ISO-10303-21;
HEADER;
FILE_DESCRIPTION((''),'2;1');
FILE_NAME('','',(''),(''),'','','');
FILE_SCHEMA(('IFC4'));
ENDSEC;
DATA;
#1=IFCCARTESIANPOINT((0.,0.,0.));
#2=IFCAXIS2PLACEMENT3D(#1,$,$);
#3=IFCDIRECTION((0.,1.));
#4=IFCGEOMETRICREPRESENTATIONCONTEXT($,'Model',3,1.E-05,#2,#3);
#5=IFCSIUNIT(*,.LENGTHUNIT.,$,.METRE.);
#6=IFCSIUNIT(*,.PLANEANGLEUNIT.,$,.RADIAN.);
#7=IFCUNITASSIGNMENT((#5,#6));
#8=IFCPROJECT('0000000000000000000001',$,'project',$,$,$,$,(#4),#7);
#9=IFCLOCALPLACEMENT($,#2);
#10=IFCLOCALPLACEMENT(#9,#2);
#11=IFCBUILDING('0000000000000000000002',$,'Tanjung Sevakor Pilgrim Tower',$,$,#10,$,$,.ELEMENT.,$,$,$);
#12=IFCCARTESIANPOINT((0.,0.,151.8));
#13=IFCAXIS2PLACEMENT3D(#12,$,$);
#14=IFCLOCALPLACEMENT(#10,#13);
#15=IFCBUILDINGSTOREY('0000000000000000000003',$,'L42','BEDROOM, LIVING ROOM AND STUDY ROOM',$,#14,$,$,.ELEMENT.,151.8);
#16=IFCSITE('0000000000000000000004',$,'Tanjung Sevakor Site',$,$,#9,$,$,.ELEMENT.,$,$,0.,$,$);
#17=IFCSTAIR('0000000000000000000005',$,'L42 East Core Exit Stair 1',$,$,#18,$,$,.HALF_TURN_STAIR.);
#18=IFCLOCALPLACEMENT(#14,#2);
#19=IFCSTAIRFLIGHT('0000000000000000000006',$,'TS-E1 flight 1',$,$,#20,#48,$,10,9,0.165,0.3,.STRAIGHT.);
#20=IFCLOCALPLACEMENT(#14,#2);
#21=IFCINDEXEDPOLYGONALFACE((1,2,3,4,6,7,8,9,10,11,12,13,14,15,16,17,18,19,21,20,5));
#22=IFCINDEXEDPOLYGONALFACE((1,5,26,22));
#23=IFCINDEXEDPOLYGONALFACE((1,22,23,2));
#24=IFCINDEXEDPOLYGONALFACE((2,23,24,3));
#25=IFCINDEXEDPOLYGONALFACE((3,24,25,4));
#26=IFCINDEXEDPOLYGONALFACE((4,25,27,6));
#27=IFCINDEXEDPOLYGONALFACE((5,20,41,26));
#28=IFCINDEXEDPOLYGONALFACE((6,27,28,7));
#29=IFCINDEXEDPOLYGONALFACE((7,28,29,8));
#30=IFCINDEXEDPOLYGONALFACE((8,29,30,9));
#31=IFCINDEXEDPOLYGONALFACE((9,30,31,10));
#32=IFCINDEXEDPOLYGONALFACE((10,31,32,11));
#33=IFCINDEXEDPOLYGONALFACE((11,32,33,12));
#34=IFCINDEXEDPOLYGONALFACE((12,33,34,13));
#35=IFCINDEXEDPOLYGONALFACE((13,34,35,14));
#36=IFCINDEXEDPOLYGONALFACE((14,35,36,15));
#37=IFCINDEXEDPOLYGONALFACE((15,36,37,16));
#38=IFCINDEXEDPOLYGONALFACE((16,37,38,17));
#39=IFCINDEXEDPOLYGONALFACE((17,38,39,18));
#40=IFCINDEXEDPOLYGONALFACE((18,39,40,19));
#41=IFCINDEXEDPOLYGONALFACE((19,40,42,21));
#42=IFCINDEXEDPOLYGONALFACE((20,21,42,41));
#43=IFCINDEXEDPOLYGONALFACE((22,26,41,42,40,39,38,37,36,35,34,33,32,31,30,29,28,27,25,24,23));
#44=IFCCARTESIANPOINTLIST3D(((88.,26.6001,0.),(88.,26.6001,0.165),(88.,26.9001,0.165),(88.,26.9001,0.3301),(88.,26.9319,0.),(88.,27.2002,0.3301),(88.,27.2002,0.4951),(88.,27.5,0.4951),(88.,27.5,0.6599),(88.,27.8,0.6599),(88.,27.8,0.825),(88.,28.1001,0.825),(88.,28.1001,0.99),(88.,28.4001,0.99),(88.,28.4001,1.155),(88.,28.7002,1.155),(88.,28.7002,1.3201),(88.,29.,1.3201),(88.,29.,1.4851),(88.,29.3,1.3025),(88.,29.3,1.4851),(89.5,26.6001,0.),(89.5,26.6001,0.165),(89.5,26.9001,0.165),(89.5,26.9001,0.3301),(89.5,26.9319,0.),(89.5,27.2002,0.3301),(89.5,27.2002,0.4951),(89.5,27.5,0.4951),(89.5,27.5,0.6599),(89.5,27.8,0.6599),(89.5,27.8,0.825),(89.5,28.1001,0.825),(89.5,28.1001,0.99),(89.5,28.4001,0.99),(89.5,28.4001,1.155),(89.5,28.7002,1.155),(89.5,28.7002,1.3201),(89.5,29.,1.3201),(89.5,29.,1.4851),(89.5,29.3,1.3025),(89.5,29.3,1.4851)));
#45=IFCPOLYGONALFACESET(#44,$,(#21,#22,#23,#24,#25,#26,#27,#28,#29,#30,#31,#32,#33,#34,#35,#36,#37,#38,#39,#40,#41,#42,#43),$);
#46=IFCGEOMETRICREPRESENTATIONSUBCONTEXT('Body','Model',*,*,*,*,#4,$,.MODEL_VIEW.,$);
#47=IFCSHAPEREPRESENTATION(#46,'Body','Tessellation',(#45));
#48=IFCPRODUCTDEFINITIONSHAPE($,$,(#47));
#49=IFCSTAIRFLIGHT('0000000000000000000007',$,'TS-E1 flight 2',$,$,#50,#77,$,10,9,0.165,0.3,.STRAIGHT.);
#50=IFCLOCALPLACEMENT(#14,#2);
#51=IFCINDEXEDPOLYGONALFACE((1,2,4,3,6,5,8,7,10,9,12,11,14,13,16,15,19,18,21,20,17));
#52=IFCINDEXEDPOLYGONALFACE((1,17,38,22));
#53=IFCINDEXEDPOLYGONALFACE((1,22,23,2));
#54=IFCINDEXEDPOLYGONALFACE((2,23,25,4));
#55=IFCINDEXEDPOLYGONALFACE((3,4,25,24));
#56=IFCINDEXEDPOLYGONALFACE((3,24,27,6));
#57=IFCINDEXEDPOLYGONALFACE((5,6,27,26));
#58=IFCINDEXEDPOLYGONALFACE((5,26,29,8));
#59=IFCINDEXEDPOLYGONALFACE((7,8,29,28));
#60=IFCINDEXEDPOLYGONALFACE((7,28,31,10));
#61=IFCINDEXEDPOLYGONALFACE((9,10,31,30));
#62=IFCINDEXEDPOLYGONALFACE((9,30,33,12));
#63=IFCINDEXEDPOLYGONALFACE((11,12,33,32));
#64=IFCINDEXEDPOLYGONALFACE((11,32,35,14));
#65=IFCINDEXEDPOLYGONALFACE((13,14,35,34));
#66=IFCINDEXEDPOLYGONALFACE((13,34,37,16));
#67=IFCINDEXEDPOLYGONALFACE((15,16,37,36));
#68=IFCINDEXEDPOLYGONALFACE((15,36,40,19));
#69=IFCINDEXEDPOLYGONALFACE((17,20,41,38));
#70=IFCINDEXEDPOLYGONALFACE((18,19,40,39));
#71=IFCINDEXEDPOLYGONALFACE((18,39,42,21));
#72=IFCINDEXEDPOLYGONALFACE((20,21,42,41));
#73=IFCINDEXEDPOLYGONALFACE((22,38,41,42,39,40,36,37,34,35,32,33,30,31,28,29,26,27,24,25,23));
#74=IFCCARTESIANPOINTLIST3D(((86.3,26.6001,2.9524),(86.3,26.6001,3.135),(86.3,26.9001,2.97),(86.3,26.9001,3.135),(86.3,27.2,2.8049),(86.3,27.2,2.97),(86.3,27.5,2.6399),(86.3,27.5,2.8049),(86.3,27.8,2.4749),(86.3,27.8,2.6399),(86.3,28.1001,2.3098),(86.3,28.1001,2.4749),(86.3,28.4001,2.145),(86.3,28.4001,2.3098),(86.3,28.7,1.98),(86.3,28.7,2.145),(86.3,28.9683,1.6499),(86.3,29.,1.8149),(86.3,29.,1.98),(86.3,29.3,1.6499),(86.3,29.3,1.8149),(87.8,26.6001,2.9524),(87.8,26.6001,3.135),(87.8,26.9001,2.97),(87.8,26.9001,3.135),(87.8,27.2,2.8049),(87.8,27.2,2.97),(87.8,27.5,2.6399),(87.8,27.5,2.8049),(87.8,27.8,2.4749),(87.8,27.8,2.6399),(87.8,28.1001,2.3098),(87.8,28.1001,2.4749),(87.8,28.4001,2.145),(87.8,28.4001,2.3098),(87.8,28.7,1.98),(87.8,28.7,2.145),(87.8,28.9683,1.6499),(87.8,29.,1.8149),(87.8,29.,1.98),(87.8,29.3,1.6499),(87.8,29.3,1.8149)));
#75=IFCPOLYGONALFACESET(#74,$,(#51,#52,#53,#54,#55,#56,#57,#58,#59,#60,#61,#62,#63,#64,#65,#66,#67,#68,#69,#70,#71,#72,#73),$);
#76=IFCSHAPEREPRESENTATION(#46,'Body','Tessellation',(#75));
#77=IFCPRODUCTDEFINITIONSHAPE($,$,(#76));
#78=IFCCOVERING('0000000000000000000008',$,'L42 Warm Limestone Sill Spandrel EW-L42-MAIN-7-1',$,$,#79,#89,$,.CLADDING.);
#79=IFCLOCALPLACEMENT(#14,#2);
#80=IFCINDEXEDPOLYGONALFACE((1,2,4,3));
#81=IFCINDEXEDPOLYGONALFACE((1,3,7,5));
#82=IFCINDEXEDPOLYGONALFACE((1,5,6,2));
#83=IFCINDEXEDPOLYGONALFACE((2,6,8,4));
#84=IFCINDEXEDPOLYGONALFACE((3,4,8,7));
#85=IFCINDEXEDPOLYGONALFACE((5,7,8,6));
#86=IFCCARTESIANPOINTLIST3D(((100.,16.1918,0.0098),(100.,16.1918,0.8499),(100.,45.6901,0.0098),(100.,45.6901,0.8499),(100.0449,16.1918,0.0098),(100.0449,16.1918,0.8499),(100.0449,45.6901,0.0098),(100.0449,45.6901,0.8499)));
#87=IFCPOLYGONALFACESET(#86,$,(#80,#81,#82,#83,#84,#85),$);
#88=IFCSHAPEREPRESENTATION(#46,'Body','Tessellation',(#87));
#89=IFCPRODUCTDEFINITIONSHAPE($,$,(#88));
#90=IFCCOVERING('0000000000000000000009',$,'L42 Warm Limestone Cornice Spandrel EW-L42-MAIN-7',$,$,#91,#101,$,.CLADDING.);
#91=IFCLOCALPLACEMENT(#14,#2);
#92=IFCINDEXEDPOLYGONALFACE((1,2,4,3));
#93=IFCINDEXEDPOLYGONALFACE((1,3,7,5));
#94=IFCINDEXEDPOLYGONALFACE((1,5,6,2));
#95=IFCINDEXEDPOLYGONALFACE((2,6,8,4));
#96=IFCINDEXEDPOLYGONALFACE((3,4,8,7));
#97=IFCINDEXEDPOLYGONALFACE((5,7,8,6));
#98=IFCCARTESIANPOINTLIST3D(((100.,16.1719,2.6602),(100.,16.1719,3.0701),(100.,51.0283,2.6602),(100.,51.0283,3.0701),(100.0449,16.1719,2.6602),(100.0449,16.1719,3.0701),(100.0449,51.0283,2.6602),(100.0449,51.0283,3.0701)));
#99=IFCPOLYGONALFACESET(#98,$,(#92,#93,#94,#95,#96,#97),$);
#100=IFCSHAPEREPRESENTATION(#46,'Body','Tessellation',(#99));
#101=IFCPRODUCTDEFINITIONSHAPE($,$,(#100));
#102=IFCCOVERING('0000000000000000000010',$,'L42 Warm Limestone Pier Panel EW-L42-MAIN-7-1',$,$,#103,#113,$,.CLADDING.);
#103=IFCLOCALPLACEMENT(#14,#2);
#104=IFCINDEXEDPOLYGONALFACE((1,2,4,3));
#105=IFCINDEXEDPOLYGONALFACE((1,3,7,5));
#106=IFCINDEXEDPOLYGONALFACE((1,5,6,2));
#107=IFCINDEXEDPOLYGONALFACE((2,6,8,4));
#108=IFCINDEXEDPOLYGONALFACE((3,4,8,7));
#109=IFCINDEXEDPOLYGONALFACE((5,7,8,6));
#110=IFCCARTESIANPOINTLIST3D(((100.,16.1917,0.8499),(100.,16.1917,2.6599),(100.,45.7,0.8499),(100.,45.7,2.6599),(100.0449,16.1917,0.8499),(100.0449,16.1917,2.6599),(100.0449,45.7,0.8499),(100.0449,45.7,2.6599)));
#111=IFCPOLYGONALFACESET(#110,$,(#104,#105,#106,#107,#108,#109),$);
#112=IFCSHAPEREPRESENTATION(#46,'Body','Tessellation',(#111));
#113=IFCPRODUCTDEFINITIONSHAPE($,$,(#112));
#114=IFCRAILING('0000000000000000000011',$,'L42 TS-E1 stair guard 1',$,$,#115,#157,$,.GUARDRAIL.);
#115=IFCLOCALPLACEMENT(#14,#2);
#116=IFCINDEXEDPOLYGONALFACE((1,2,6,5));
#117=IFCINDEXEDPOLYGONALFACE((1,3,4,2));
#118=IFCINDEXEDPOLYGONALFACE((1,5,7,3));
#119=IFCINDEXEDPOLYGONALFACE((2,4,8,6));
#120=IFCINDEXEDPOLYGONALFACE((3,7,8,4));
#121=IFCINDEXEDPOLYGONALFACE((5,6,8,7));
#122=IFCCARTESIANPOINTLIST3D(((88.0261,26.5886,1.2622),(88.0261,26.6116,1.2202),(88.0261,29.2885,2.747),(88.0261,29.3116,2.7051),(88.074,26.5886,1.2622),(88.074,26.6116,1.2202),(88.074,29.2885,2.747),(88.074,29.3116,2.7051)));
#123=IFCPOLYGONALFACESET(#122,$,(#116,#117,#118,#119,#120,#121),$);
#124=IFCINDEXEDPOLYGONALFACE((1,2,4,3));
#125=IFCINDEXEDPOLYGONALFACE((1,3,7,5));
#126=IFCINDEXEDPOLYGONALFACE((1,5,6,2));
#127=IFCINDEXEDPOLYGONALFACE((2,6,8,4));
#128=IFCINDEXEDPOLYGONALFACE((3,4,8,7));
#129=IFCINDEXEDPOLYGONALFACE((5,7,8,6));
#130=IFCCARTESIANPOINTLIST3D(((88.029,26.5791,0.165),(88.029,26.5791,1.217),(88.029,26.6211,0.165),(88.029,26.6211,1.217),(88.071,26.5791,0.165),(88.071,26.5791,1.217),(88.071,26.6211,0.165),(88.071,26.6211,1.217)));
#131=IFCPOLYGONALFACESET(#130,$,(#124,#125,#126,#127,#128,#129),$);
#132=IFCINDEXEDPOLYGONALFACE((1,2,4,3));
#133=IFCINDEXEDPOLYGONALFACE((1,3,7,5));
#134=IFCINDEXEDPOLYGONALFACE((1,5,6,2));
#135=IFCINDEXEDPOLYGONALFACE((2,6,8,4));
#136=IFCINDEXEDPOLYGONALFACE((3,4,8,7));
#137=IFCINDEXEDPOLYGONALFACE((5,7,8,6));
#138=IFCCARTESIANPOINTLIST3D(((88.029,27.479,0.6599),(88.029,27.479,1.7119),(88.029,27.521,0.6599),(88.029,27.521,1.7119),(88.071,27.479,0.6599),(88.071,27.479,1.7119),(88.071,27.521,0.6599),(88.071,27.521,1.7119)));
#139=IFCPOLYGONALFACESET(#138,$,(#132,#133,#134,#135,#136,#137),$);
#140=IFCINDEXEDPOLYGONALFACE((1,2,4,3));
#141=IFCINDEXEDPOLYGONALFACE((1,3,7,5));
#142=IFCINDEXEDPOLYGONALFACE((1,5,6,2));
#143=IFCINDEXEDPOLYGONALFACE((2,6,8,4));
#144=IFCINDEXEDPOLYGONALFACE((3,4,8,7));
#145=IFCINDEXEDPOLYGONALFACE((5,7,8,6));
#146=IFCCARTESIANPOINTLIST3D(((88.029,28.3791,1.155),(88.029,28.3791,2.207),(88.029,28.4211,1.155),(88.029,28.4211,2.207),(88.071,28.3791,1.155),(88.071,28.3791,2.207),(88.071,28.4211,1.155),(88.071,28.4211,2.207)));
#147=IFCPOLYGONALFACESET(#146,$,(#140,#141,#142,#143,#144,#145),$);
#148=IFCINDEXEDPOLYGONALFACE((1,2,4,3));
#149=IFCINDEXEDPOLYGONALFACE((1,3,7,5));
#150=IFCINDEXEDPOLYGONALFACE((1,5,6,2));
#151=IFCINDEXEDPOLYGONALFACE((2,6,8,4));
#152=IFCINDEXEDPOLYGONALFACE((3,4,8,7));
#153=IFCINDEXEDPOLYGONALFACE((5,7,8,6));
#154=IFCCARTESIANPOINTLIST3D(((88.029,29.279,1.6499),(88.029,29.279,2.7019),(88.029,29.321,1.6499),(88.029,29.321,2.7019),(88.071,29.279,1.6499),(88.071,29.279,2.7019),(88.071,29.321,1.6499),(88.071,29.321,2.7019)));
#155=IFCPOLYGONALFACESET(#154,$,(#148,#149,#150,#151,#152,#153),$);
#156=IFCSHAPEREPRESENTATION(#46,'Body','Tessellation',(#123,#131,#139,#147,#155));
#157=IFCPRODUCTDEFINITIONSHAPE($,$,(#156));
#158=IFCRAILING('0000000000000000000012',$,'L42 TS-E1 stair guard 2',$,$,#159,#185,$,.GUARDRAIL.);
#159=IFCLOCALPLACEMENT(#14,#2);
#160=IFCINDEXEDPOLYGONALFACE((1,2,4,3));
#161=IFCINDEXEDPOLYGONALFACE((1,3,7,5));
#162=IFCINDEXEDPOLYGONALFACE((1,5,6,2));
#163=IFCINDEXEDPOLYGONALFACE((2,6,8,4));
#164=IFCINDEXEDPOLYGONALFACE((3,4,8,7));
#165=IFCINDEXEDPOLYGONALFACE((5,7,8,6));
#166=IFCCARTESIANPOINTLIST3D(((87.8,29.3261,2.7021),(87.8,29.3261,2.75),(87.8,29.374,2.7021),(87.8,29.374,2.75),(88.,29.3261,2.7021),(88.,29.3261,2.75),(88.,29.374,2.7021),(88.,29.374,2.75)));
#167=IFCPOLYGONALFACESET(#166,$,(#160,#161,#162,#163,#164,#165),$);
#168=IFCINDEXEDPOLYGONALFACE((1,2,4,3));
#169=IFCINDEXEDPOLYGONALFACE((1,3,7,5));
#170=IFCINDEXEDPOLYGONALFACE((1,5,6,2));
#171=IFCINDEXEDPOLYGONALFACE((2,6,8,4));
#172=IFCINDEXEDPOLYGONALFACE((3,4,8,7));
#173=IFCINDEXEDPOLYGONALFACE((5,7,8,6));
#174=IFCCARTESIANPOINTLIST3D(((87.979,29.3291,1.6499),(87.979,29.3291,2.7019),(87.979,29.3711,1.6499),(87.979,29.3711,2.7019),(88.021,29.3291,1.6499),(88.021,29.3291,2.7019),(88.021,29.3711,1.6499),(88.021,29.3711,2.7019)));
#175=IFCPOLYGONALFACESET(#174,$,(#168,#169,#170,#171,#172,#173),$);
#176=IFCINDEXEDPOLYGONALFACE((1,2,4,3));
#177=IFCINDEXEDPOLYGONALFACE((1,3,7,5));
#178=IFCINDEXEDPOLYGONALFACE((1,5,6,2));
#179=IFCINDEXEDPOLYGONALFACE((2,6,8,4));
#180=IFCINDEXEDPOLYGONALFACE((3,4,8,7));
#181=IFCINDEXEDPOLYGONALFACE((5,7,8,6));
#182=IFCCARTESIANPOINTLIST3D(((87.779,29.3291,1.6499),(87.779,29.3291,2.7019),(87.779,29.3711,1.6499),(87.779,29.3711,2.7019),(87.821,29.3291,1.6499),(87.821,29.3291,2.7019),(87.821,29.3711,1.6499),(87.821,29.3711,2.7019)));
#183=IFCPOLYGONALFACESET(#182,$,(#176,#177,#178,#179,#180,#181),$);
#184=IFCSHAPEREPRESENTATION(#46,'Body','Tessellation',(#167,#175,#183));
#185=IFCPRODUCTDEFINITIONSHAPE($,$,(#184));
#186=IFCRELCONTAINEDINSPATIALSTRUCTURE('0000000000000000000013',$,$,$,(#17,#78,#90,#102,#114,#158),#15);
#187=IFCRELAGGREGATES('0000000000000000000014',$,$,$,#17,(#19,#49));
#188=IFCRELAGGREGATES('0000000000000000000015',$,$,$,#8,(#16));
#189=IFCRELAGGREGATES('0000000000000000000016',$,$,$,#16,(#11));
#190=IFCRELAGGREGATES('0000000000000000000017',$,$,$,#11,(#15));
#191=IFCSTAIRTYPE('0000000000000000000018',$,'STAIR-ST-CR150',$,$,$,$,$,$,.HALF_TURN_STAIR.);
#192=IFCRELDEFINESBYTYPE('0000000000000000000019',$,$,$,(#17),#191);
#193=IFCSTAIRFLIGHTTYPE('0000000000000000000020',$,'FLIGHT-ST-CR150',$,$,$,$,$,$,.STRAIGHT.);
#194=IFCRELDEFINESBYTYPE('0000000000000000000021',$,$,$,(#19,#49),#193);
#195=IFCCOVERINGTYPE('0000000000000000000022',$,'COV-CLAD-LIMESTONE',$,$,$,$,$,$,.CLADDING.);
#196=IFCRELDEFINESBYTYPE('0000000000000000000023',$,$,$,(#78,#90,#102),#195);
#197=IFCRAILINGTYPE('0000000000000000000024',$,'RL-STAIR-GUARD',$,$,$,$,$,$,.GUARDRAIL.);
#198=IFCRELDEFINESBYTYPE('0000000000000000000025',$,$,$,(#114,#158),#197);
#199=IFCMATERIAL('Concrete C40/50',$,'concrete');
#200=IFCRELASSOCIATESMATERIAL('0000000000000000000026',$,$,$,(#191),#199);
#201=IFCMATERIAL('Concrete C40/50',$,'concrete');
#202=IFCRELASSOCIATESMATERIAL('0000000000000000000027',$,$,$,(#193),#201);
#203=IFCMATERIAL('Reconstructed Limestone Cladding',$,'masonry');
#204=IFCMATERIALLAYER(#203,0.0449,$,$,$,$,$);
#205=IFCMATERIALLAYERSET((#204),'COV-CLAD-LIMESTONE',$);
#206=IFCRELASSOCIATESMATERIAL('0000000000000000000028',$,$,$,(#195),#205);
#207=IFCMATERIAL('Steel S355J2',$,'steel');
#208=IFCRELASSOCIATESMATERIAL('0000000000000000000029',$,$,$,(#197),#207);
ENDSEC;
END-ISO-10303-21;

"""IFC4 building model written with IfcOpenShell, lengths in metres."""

from ifc_helpers import new_model, si_unit, direction, frame, origin, origin_2d, place, context, subcontext, project, spatial, polyline, rectangle, outline, extrude, material, layer, layer_set, type_object, element, aggregate, save


model = new_model("IFC4")

# Units and contexts
model_context = context("Model", 3, precision=1e-05, world=origin(), true_north=direction((0.0, 1.0)))
body_context = subcontext(model_context, "Body", "Model", "MODEL_VIEW")
ifc_project = project(units=[si_unit("LENGTHUNIT", "METRE"), si_unit("PLANEANGLEUNIT", "RADIAN")], contexts=[model_context])

# Site, building, storey
site_placement = place(None, origin())
site = spatial("IfcSite", under=ifc_project, at=site_placement, Name="Tanjung Sevakor Site", CompositionType="ELEMENT", RefElevation=0.0)
building_placement = place(site_placement, origin())
building = spatial("IfcBuilding", under=site, at=building_placement, Name="Tanjung Sevakor Pilgrim Tower", CompositionType="ELEMENT")
storey_placement = place(building_placement, frame((0.0, 0.0, 151.8)))
storey = spatial("IfcBuildingStorey", under=building, at=storey_placement, Name="L42", Description="BEDROOM, LIVING ROOM AND STUDY ROOM", CompositionType="ELEMENT", Elevation=151.8)

# Stair, stair flights
ifc_material_1 = material(Name="Concrete C40/50", Category="concrete")
stair_type = type_object("IfcStairType", Name="STAIR-ST-CR150", PredefinedType="HALF_TURN_STAIR", material=ifc_material_1)
stair_placement = place(storey_placement, origin())
stair = element("IfcStair", 1, at=stair_placement, inside=storey, type_object=stair_type, Name="L42 East Core Exit Stair 1", PredefinedType="HALF_TURN_STAIR")
ifc_material_2 = material(Name="Concrete C40/50", Category="concrete")
stair_flight_type = type_object("IfcStairFlightType", Name="FLIGHT-ST-CR150", PredefinedType="STRAIGHT", material=ifc_material_2)
stair_flight_1_placement = place(storey_placement, frame((88.75, 26.6001, 0.0), z_axis=(0.0, 0.0, 1.0), x_axis=(0.0, 1.0, 0.0)))
stair_flight_1 = element("IfcStairFlight", 2, at=stair_flight_1_placement, type_object=stair_flight_type, Name="TS-E1 flight 1", NumberOfRisers=10, NumberOfTreads=9, PredefinedType="STRAIGHT", RiserHeight=0.165, TreadLength=0.3, context=body_context, shape_type="SweptSolid", body=[
    extrude(outline(polyline([(0.0, 0.0), (0.0, 0.165), (0.3, 0.165), (0.3, 0.3301), (0.6001, 0.3301), (0.6001, 0.4951), (0.8999, 0.4951), (0.8999, 0.6599), (1.2, 0.6599), (1.2, 0.825), (1.5, 0.825), (1.5, 0.99), (1.8, 0.99), (1.8, 1.155), (2.1001, 1.155), (2.1001, 1.3201), (2.3999, 1.3201), (2.3999, 1.4851), (2.7, 1.4851), (2.7, 1.6499), (2.7, 1.3025), (0.3318, 0.0), (0.0, 0.0)])), frame((0.0, 0.75, 0.0), z_axis=(0.0, -1.0, 0.0), x_axis=(1.0, 0.0, 0.0)), (0.0, 0.0, 1.0), 1.5),
])
stair_flight_2_placement = place(storey_placement, frame((87.05, 29.3, 1.6499), z_axis=(0.0, 0.0, 1.0), x_axis=(0.0, -1.0, 0.0)))
stair_flight_2 = element("IfcStairFlight", 3, at=stair_flight_2_placement, type_object=stair_flight_type, Name="TS-E1 flight 2", NumberOfRisers=10, NumberOfTreads=9, PredefinedType="STRAIGHT", RiserHeight=0.165, TreadLength=0.3, context=body_context, shape_type="SweptSolid", body=[
    extrude(outline(polyline([(0.0, 0.0), (0.0, 0.165), (0.3, 0.165), (0.3, 0.3301), (0.6001, 0.3301), (0.6001, 0.4951), (0.8999, 0.4951), (0.8999, 0.6599), (1.2, 0.6599), (1.2, 0.825), (1.5, 0.825), (1.5, 0.99), (1.8, 0.99), (1.8, 1.155), (2.1001, 1.155), (2.1001, 1.3201), (2.3999, 1.3201), (2.3999, 1.4851), (2.7, 1.4851), (2.7, 1.6499), (2.7, 1.3025), (0.3318, 0.0), (0.0, 0.0)])), frame((0.0, 0.75, 0.0), z_axis=(0.0, -1.0, 0.0), x_axis=(1.0, 0.0, 0.0)), (0.0, 0.0, 1.0), 1.5),
])
aggregate(stair, [stair_flight_1, stair_flight_2])

# Coverings
ifc_material_3 = material(Name="Reconstructed Limestone Cladding", Category="masonry")
ifc_layer_1 = layer(ifc_material_3, 0.0449)
ifc_layer_set_1 = layer_set([ifc_layer_1], Name="COV-CLAD-LIMESTONE")
covering_type = type_object("IfcCoveringType", Name="COV-CLAD-LIMESTONE", PredefinedType="CLADDING", material=ifc_layer_set_1)
covering_1_placement = place(storey_placement, frame((100.0225, 30.9409, 0.0098), z_axis=(0.0, 0.0, 1.0), x_axis=(0.0, 1.0, 0.0)))
element("IfcCovering", 4, at=covering_1_placement, inside=storey, type_object=covering_type, Name="L42 Warm Limestone Sill Spandrel EW-L42-MAIN-7-1", PredefinedType="CLADDING", context=body_context, shape_type="SweptSolid", body=[
    extrude(rectangle(XDim=29.4983, YDim=0.0449, at=origin_2d()), origin(), (0.0, 0.0, 1.0), 0.8401),
])
covering_2_placement = place(storey_placement, frame((100.0225, 33.6001, 2.6602), z_axis=(0.0, 0.0, 1.0), x_axis=(0.0, 1.0, 0.0)))
element("IfcCovering", 5, at=covering_2_placement, inside=storey, type_object=covering_type, Name="L42 Warm Limestone Cornice Spandrel EW-L42-MAIN-7", PredefinedType="CLADDING", context=body_context, shape_type="SweptSolid", body=[
    extrude(rectangle(XDim=34.8564, YDim=0.0449, at=origin_2d()), origin(), (0.0, 0.0, 1.0), 0.4099),
])
covering_3_placement = place(storey_placement, frame((100.0225, 30.9458, 0.8499), z_axis=(0.0, 0.0, 1.0), x_axis=(0.0, 1.0, 0.0)))
element("IfcCovering", 6, at=covering_3_placement, inside=storey, type_object=covering_type, Name="L42 Warm Limestone Pier Panel EW-L42-MAIN-7-1", PredefinedType="CLADDING", context=body_context, shape_type="SweptSolid", body=[
    extrude(rectangle(XDim=29.5083, YDim=0.0449, at=origin_2d()), origin(), (0.0, 0.0, 1.0), 1.8101),
])

# Railings
ifc_material_4 = material(Name="Steel S355J2", Category="steel")
railing_type_1 = type_object("IfcRailingType", Name="RL-STAIR-GUARD", PredefinedType="GUARDRAIL", material=ifc_material_4)
railing_1_placement = place(storey_placement, frame((88.05, 26.6001, 0.165)))
element("IfcRailing", 7, at=railing_1_placement, inside=storey, type_object=railing_type_1, Name="L42 TS-E1 stair guard 1", PredefinedType="GUARDRAIL", context=body_context, shape_type="SweptSolid", body=[
    extrude(rectangle(XDim=0.0479, YDim=0.0479), frame((0.0, 0.0, 1.0762), z_axis=(0.0, 0.876231, 0.481891), x_axis=(-1.0, 0.0, 0.0)), (0.0, 0.0, 1.0), 3.0813),
    extrude(rectangle(XDim=0.042, YDim=0.042), origin(), (0.0, 0.0, 1.0), 1.052),
    extrude(rectangle(XDim=0.042, YDim=0.042), frame((0.0, 0.8999, 0.4949)), (0.0, 0.0, 1.0), 1.052),
    extrude(rectangle(XDim=0.042, YDim=0.042), frame((0.0, 1.8, 0.99)), (0.0, 0.0, 1.0), 1.052),
    extrude(rectangle(XDim=0.042, YDim=0.042), frame((0.0, 2.7, 1.4849)), (0.0, 0.0, 1.0), 1.052),
])
railing_2_placement = place(storey_placement, frame((88.0, 29.3501, 1.6499)))
element("IfcRailing", 8, at=railing_2_placement, inside=storey, type_object=railing_type_1, Name="L42 TS-E1 stair guard 2", PredefinedType="GUARDRAIL", context=body_context, shape_type="SweptSolid", body=[
    extrude(rectangle(XDim=0.0479, YDim=0.0479), frame((0.0, 0.0, 1.0762), z_axis=(-1.0, 0.0, 0.0), x_axis=(0.0, -1.0, 0.0)), (0.0, 0.0, 1.0), 0.2),
    extrude(rectangle(XDim=0.042, YDim=0.042), origin(), (0.0, 0.0, 1.0), 1.052),
    extrude(rectangle(XDim=0.042, YDim=0.042), frame((-0.2, 0.0, 0.0)), (0.0, 0.0, 1.0), 1.052),
])

save(model, "model.ifc")
